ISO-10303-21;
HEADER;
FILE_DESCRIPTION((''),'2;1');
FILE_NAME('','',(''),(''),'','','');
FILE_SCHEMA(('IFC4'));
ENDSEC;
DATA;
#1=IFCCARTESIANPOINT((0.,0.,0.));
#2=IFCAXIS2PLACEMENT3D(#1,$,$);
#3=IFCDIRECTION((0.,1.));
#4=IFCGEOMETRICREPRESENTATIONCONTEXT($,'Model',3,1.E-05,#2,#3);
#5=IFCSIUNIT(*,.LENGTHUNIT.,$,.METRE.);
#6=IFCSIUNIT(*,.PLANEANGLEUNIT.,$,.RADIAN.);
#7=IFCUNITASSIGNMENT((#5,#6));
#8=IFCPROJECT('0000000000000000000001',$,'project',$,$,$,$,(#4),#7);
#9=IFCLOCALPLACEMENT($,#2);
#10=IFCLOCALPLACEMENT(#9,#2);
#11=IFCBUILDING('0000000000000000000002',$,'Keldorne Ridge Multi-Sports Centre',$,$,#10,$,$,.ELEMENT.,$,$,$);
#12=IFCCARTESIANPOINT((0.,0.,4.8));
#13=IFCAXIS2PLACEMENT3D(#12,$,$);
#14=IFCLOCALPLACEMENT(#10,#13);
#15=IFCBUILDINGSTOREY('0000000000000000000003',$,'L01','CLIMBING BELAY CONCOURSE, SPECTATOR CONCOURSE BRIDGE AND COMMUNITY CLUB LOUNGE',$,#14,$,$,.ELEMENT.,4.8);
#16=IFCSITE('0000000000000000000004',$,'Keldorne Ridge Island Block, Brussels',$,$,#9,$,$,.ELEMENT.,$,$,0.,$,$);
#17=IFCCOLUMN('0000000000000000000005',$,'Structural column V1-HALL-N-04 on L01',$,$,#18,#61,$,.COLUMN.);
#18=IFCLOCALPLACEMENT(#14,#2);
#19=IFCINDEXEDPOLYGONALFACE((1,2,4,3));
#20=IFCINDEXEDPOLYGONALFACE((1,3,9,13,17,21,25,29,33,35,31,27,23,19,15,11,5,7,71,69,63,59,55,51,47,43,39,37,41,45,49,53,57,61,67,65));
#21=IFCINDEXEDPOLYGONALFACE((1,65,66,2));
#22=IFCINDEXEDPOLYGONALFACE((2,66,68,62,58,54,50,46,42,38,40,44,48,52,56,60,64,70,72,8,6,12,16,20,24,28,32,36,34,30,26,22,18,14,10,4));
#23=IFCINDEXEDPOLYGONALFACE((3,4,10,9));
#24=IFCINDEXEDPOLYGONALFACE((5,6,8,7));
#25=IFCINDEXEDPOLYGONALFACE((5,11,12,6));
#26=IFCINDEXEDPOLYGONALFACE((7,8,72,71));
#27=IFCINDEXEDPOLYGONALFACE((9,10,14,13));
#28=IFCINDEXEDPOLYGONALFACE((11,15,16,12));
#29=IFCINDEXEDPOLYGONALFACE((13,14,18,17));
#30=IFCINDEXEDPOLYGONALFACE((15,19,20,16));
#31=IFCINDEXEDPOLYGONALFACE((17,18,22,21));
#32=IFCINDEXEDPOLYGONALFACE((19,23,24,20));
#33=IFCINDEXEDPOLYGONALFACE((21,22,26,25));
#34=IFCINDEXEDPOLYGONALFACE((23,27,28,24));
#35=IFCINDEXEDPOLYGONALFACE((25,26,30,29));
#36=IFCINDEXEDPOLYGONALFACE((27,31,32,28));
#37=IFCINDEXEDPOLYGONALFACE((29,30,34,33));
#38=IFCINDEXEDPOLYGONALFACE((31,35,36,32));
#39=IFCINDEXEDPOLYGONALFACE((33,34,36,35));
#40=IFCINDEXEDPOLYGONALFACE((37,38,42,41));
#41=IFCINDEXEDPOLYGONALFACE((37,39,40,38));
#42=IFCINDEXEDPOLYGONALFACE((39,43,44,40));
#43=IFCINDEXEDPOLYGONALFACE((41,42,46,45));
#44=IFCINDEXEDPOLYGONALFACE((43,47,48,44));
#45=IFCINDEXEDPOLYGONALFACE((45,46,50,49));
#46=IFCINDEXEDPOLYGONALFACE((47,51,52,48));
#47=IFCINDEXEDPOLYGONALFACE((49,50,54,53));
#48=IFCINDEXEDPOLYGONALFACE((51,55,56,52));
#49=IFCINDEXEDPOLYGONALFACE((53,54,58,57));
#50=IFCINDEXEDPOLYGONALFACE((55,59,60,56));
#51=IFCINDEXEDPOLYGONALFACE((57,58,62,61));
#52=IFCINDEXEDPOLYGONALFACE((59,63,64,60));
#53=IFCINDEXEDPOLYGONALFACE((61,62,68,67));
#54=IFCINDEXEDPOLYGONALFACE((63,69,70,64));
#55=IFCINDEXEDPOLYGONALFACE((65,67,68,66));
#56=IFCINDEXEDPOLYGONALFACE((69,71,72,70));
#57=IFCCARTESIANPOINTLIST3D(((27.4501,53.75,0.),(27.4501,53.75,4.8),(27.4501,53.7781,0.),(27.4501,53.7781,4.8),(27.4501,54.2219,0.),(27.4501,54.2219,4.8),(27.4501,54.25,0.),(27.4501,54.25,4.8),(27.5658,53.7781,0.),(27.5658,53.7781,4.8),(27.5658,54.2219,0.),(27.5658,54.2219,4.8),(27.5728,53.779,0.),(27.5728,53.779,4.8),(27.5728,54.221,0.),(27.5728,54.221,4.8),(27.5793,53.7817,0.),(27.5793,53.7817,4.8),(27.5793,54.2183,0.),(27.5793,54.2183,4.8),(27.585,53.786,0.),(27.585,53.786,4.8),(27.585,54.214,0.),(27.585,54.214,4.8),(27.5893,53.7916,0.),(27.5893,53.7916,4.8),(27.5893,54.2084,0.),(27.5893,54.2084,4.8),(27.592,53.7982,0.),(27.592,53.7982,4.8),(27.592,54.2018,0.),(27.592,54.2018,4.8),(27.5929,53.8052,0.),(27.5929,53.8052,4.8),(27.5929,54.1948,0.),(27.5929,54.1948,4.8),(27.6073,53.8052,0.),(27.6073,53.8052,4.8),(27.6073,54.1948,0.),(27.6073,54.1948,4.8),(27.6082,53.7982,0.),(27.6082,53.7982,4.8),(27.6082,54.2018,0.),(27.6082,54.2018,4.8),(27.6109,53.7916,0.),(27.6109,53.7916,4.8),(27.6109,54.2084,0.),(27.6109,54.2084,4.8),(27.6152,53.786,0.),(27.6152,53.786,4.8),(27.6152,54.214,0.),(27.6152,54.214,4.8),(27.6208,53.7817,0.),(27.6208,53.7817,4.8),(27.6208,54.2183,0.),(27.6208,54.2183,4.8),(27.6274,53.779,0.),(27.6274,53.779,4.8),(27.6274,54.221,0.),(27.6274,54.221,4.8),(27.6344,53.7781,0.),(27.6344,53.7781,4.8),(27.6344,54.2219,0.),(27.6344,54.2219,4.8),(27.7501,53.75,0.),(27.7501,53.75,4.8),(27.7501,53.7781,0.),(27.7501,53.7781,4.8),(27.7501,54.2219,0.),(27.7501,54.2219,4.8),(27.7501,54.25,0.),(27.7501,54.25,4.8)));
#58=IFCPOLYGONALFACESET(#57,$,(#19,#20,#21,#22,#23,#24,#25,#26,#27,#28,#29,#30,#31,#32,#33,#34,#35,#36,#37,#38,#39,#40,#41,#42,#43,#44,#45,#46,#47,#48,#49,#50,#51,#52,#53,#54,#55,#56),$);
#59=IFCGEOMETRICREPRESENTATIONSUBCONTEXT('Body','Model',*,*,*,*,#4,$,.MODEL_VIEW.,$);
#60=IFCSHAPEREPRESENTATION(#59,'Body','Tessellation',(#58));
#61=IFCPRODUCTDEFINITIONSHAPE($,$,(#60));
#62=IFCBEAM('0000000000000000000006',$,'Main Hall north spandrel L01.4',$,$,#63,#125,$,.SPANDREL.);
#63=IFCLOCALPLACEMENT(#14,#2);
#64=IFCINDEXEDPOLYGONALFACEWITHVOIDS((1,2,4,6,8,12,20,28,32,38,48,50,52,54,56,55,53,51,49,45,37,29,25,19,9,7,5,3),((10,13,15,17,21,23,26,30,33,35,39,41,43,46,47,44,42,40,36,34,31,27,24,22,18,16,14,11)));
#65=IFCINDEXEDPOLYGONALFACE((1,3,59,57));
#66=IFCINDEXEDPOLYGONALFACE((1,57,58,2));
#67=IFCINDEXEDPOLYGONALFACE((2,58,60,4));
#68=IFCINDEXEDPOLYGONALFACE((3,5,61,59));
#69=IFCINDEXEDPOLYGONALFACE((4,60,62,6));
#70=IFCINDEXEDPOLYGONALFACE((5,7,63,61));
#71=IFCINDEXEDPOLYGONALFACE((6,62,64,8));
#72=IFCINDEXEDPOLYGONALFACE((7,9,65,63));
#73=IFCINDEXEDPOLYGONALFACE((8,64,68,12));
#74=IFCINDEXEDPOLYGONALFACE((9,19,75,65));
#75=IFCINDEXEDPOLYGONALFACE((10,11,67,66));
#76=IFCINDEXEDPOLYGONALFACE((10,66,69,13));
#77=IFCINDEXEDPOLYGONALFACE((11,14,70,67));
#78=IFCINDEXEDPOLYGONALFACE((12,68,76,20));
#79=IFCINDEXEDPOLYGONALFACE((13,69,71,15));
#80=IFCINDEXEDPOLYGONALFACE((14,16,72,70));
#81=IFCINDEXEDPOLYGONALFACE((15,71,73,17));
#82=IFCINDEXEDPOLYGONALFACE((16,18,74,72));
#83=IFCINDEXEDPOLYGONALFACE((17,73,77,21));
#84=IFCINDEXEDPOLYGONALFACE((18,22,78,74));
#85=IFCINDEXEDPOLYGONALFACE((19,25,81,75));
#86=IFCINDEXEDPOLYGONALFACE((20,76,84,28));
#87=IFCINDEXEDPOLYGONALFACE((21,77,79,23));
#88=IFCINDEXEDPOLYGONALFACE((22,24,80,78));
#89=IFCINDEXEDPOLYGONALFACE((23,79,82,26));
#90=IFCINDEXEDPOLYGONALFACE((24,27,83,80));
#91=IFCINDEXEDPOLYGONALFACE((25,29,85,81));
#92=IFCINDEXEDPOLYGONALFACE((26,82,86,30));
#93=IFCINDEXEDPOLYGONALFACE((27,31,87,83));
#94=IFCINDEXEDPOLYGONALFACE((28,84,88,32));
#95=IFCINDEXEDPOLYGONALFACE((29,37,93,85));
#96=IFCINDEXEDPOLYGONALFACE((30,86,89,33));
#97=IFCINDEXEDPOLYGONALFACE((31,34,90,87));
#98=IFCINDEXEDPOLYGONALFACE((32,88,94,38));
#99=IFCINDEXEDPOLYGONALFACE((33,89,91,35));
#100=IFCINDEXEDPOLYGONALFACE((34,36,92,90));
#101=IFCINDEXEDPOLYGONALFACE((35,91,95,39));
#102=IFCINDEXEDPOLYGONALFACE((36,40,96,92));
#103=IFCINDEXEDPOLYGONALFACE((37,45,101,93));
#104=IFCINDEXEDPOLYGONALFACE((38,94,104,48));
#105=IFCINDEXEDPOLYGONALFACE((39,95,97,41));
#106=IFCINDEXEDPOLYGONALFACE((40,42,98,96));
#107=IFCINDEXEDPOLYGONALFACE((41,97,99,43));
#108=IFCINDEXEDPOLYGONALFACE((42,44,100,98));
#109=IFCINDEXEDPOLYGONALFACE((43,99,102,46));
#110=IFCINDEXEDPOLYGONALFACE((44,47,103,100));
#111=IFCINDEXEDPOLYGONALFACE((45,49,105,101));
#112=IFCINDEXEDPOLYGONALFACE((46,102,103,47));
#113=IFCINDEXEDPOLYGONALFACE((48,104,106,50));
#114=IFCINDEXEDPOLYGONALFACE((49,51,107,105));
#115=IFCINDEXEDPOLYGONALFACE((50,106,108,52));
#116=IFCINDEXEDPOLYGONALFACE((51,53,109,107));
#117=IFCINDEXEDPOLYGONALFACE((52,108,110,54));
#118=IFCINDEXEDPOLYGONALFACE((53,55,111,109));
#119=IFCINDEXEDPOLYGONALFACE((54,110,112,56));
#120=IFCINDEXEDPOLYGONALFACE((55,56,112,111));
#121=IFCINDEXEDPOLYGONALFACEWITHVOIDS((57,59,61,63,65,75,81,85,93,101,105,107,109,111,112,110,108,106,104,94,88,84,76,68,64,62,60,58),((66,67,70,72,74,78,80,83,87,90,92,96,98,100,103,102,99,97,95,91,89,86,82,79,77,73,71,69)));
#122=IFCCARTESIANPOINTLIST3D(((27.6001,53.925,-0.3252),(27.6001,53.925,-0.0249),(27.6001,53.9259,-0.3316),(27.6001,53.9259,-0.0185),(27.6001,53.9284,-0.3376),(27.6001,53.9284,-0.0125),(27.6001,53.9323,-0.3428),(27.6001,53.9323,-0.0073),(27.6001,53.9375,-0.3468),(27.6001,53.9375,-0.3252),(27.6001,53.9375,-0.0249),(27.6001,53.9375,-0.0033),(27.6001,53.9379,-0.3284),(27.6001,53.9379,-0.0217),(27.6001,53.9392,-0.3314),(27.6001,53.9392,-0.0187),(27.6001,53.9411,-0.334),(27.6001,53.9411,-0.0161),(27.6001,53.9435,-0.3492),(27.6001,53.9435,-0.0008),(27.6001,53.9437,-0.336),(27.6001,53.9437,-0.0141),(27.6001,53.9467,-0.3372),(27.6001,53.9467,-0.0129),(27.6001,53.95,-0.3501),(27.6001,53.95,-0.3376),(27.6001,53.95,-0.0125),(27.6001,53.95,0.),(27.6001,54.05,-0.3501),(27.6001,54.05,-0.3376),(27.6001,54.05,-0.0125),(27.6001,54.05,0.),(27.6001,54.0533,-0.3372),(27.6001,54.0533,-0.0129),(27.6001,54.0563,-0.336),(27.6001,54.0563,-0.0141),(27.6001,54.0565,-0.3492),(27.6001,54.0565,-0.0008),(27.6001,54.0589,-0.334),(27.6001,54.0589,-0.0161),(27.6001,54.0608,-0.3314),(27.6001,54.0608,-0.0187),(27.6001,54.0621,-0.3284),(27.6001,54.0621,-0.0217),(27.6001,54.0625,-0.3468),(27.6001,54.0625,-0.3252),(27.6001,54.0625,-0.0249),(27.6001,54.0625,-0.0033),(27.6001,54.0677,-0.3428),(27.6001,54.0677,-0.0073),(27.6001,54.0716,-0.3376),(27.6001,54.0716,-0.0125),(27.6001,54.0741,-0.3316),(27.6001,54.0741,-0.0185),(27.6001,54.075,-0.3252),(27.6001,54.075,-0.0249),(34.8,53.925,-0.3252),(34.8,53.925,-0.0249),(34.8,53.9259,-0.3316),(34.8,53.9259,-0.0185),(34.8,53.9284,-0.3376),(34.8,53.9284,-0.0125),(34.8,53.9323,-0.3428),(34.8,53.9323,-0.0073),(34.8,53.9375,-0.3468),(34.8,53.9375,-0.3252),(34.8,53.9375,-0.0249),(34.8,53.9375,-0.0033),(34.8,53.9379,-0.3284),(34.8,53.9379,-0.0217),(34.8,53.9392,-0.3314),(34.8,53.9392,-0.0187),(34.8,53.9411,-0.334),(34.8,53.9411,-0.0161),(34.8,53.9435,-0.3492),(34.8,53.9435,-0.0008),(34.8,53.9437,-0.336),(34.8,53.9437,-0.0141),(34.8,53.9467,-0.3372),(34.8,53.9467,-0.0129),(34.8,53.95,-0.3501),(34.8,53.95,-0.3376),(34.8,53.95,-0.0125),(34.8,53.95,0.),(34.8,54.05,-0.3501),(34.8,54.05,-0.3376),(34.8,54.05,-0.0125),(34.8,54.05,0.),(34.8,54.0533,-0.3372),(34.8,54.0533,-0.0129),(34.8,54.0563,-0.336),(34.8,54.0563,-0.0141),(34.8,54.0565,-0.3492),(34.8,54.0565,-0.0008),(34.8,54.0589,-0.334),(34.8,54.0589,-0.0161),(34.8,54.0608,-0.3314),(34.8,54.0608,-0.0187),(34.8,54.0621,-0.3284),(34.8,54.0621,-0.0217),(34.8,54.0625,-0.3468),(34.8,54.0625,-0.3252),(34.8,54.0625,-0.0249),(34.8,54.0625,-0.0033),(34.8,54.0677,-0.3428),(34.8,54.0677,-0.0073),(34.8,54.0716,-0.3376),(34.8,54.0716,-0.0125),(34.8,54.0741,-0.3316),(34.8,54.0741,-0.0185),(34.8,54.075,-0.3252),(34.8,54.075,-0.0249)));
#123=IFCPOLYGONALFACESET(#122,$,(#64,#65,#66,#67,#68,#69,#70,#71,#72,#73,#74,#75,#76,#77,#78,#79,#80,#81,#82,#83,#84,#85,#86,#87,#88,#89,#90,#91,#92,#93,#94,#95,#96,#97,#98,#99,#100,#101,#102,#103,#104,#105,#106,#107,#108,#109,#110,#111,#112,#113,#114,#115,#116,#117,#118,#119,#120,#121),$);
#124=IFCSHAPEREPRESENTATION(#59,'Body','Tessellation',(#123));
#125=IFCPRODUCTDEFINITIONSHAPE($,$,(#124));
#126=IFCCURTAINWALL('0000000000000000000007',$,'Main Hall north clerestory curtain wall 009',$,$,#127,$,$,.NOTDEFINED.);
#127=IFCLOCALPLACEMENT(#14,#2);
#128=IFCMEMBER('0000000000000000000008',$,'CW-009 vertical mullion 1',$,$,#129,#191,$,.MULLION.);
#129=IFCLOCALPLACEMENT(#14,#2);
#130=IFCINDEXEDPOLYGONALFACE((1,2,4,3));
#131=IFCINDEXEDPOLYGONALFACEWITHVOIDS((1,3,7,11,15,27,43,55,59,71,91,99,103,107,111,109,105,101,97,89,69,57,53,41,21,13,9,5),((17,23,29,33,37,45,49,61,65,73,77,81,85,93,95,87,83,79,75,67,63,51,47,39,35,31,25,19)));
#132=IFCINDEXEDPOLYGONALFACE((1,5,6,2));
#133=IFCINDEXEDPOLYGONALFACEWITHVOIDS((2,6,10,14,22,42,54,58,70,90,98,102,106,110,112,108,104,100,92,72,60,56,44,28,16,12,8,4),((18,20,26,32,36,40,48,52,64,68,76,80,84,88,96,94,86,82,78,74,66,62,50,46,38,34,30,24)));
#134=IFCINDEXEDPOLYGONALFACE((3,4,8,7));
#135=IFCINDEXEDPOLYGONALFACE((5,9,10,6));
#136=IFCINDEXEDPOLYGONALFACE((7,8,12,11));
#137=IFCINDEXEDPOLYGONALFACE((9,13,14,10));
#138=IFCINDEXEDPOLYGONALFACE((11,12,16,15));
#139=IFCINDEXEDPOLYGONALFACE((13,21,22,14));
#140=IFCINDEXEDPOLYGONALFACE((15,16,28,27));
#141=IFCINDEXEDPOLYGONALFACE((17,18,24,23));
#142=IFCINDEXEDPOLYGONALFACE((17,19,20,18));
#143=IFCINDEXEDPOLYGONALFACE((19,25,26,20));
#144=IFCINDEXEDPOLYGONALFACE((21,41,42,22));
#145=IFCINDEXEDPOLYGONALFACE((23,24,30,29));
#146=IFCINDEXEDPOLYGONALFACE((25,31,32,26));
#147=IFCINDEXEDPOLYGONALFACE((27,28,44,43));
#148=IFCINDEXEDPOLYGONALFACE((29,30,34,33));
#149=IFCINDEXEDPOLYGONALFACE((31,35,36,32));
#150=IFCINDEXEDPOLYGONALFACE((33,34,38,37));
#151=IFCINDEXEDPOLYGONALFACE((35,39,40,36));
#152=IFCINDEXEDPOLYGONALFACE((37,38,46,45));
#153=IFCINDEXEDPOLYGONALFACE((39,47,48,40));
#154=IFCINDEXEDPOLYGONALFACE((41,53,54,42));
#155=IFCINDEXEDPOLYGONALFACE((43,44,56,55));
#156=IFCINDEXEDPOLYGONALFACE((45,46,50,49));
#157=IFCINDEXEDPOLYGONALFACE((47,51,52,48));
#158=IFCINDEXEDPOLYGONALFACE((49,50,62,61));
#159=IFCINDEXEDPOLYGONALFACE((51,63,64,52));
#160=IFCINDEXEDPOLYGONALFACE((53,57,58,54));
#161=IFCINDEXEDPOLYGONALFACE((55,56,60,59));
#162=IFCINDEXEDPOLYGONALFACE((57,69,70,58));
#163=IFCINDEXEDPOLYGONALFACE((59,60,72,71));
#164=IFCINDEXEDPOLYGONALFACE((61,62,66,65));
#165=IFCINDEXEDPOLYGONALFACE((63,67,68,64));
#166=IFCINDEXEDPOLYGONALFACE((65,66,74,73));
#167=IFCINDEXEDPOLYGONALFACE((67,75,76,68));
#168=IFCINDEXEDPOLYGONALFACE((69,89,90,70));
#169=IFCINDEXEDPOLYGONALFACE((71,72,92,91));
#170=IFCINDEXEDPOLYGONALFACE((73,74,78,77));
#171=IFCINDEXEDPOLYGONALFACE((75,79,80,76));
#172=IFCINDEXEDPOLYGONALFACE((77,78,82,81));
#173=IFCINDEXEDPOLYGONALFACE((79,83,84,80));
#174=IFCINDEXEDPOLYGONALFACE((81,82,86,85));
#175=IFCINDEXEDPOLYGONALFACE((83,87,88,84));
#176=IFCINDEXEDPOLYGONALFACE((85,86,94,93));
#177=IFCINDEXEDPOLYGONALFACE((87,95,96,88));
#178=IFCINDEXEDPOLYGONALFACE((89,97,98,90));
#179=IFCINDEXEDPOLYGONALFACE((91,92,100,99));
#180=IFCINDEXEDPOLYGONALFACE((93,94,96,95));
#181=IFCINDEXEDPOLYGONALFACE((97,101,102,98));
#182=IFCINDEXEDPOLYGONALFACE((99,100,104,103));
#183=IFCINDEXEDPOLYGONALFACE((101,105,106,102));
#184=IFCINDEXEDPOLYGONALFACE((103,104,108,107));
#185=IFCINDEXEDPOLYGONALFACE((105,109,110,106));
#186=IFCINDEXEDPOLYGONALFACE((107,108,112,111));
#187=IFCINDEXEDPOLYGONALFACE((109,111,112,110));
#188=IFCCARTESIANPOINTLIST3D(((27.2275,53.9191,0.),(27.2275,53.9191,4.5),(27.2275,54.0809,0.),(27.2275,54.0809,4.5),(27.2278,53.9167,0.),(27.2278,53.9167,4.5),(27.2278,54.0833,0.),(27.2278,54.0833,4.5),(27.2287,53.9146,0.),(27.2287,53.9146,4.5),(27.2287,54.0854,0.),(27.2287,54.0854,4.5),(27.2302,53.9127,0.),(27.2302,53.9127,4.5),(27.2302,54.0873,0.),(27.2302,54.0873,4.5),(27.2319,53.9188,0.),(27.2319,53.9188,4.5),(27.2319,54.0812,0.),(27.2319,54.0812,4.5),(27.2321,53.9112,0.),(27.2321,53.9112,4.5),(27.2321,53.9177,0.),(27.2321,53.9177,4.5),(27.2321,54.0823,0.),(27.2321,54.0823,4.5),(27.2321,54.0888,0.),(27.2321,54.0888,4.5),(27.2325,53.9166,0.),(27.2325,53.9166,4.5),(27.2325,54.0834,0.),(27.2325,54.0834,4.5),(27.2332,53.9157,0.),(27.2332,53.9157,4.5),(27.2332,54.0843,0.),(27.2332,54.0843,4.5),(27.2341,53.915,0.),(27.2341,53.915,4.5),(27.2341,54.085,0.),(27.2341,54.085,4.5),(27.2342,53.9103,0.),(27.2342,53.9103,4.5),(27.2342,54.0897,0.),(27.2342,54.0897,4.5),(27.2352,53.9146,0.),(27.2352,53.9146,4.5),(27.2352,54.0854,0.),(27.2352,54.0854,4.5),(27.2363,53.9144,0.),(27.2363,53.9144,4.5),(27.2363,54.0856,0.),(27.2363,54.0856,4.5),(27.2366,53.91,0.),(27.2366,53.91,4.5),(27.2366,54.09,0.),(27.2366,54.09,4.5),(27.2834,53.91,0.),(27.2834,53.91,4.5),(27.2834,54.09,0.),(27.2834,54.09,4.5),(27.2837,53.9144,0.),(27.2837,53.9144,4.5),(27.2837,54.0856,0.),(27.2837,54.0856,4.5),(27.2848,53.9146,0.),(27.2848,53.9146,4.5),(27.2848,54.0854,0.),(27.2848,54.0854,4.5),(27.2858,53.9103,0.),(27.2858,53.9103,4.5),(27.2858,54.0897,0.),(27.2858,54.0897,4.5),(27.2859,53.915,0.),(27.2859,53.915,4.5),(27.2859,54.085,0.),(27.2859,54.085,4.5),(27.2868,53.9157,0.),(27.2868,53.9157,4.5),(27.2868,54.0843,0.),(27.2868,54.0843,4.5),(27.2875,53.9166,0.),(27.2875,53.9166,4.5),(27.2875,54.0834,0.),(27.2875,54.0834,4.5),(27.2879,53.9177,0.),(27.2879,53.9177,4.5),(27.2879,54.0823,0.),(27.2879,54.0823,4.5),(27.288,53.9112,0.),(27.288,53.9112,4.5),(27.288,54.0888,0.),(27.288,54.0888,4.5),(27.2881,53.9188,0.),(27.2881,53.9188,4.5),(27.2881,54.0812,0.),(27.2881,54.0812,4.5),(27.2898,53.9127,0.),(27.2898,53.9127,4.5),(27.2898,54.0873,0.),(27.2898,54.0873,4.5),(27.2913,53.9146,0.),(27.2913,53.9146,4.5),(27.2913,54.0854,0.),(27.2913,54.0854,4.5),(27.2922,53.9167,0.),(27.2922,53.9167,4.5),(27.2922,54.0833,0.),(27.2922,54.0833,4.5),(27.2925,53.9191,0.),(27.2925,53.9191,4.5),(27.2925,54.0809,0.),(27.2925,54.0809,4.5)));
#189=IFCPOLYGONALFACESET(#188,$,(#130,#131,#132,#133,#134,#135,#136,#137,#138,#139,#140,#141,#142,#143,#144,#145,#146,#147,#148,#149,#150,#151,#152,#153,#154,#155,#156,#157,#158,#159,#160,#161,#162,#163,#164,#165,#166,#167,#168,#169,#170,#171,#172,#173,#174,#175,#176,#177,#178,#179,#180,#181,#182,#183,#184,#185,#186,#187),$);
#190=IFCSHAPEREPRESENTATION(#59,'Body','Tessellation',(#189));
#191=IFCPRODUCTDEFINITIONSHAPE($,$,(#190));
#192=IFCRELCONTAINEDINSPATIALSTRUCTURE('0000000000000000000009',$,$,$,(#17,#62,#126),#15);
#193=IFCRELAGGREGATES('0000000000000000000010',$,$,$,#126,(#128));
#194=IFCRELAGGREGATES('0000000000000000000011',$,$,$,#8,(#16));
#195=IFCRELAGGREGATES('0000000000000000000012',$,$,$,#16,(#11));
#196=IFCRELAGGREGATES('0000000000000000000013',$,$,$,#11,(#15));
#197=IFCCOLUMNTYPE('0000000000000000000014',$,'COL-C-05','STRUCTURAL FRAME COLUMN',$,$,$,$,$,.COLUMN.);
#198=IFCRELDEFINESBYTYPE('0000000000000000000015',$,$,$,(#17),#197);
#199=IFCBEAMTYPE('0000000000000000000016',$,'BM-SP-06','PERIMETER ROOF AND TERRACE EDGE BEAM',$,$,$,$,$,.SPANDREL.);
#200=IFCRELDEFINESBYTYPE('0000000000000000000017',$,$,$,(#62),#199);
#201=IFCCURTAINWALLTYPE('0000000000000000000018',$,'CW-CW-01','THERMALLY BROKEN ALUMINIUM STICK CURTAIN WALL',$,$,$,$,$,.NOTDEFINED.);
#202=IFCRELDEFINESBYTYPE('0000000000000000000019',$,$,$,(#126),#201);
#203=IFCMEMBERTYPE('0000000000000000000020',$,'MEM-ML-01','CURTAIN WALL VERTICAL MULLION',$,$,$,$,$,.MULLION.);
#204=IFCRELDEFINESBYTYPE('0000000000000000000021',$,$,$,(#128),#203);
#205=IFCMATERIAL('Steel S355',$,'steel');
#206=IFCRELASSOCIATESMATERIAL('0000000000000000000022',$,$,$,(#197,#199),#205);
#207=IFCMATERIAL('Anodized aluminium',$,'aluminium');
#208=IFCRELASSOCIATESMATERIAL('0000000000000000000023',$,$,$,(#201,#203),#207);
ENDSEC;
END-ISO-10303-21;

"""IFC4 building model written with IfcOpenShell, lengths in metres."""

from ifc_helpers import new_model, si_unit, direction, frame, origin, origin_2d, place, context, subcontext, project, spatial, hollow_rectangle, i_section, extrude, material, material_profile, profile_set, type_object, element, aggregate, save


model = new_model("IFC4")

# Units and contexts
model_context = context("Model", 3, precision=1e-05, world=origin(), true_north=direction((0.0, 1.0)))
body_context = subcontext(model_context, "Body", "Model", "MODEL_VIEW")
ifc_project = project(units=[si_unit("LENGTHUNIT", "METRE"), si_unit("PLANEANGLEUNIT", "RADIAN")], contexts=[model_context])

# Site, building, storey
site_placement = place(None, origin())
site = spatial("IfcSite", under=ifc_project, at=site_placement, Name="Keldorne Ridge Island Block, Brussels", CompositionType="ELEMENT", RefElevation=0.0)
building_placement = place(site_placement, origin())
building = spatial("IfcBuilding", under=site, at=building_placement, Name="Keldorne Ridge Multi-Sports Centre", CompositionType="ELEMENT")
storey_placement = place(building_placement, frame((0.0, 0.0, 4.8)))
storey = spatial("IfcBuildingStorey", under=building, at=storey_placement, Name="L01", Description="CLIMBING BELAY CONCOURSE, SPECTATOR CONCOURSE BRIDGE AND COMMUNITY CLUB LOUNGE", CompositionType="ELEMENT", Elevation=4.8)

# Column
ifc_material_1 = material(Name="Steel S355", Category="steel")
ifc_material_profile_1 = material_profile(ifc_material_1, i_section(OverallWidth=0.3, OverallDepth=0.5, WebThickness=0.0144, FlangeThickness=0.0281, FilletRadius=0.0271, at=origin_2d()), Name="HEB 500")
ifc_profile_set_1 = profile_set([ifc_material_profile_1], Name="Steel S355")
column_type = type_object("IfcColumnType", Name="COL-C-05", Description="STRUCTURAL FRAME COLUMN", PredefinedType="COLUMN", material=ifc_profile_set_1)
column_placement = place(storey_placement, frame((27.6001, 54.0, 0.0), z_axis=(0.0, 0.0, 1.0), x_axis=(1.0, 0.0, 0.0)))
element("IfcColumn", 1, at=column_placement, inside=storey, type_object=column_type, Name="Structural column V1-HALL-N-04 on L01", PredefinedType="COLUMN", context=body_context, shape_type="SweptSolid", body=[
    extrude(i_section(OverallWidth=0.3, OverallDepth=0.5, WebThickness=0.0144, FlangeThickness=0.0281, FilletRadius=0.0271, at=origin_2d()), origin(), (0.0, 0.0, 1.0), 4.8),
])

# Beam
ifc_material_profile_2 = material_profile(ifc_material_1, hollow_rectangle(XDim=0.1499, YDim=0.3501, WallThickness=0.0125, InnerFilletRadius=0.0125, OuterFilletRadius=0.0249, at=origin_2d()), Name="RHS 350x150x12.5")
ifc_profile_set_2 = profile_set([ifc_material_profile_2], Name="Steel S355")
beam_type = type_object("IfcBeamType", Name="BM-SP-06", Description="PERIMETER ROOF AND TERRACE EDGE BEAM", PredefinedType="SPANDREL", material=ifc_profile_set_2)
beam_placement = place(storey_placement, frame((27.6001, 54.0, -0.175), z_axis=(1.0, 0.0, 0.0), x_axis=(0.0, 1.0, 0.0)))
element("IfcBeam", 2, at=beam_placement, inside=storey, type_object=beam_type, Name="Main Hall north spandrel L01.4", PredefinedType="SPANDREL", context=body_context, shape_type="SweptSolid", body=[
    extrude(hollow_rectangle(XDim=0.1499, YDim=0.3501, WallThickness=0.0125, InnerFilletRadius=0.0125, OuterFilletRadius=0.0249, at=origin_2d()), origin(), (0.0, 0.0, 1.0), 7.2),
])

# Curtain wall, member
ifc_material_2 = material(Name="Anodized aluminium", Category="aluminium")
curtain_wall_type_1 = type_object("IfcCurtainWallType", Name="CW-CW-01", Description="THERMALLY BROKEN ALUMINIUM STICK CURTAIN WALL", PredefinedType="NOTDEFINED", material=ifc_material_2)
curtain_wall_1_placement = place(storey_placement, origin())
curtain_wall_1 = element("IfcCurtainWall", 3, at=curtain_wall_1_placement, inside=storey, type_object=curtain_wall_type_1, Name="Main Hall north clerestory curtain wall 009", PredefinedType="NOTDEFINED")
ifc_material_profile_3 = material_profile(ifc_material_2, hollow_rectangle(XDim=0.0649, YDim=0.1799, WallThickness=0.0044, InnerFilletRadius=0.0044, OuterFilletRadius=0.009, at=origin_2d()), Name="ALU MULLION 180x65x4.5")
ifc_profile_set_3 = profile_set([ifc_material_profile_3], Name="Anodized aluminium")
member_type_1 = type_object("IfcMemberType", Name="MEM-ML-01", Description="CURTAIN WALL VERTICAL MULLION", PredefinedType="MULLION", material=ifc_profile_set_3)
member_1_placement = place(storey_placement, frame((27.26, 54.0, 0.0), z_axis=(0.0, 0.0, 1.0), x_axis=(1.0, 0.0, 0.0)))
member_1 = element("IfcMember", 4, at=member_1_placement, type_object=member_type_1, Name="CW-009 vertical mullion 1", PredefinedType="MULLION", context=body_context, shape_type="SweptSolid", body=[
    extrude(hollow_rectangle(XDim=0.0649, YDim=0.1799, WallThickness=0.0044, InnerFilletRadius=0.0044, OuterFilletRadius=0.009, at=origin_2d()), origin(), (0.0, 0.0, 1.0), 4.5),
])

aggregate(curtain_wall_1, [member_1])

save(model, "model.ifc")
